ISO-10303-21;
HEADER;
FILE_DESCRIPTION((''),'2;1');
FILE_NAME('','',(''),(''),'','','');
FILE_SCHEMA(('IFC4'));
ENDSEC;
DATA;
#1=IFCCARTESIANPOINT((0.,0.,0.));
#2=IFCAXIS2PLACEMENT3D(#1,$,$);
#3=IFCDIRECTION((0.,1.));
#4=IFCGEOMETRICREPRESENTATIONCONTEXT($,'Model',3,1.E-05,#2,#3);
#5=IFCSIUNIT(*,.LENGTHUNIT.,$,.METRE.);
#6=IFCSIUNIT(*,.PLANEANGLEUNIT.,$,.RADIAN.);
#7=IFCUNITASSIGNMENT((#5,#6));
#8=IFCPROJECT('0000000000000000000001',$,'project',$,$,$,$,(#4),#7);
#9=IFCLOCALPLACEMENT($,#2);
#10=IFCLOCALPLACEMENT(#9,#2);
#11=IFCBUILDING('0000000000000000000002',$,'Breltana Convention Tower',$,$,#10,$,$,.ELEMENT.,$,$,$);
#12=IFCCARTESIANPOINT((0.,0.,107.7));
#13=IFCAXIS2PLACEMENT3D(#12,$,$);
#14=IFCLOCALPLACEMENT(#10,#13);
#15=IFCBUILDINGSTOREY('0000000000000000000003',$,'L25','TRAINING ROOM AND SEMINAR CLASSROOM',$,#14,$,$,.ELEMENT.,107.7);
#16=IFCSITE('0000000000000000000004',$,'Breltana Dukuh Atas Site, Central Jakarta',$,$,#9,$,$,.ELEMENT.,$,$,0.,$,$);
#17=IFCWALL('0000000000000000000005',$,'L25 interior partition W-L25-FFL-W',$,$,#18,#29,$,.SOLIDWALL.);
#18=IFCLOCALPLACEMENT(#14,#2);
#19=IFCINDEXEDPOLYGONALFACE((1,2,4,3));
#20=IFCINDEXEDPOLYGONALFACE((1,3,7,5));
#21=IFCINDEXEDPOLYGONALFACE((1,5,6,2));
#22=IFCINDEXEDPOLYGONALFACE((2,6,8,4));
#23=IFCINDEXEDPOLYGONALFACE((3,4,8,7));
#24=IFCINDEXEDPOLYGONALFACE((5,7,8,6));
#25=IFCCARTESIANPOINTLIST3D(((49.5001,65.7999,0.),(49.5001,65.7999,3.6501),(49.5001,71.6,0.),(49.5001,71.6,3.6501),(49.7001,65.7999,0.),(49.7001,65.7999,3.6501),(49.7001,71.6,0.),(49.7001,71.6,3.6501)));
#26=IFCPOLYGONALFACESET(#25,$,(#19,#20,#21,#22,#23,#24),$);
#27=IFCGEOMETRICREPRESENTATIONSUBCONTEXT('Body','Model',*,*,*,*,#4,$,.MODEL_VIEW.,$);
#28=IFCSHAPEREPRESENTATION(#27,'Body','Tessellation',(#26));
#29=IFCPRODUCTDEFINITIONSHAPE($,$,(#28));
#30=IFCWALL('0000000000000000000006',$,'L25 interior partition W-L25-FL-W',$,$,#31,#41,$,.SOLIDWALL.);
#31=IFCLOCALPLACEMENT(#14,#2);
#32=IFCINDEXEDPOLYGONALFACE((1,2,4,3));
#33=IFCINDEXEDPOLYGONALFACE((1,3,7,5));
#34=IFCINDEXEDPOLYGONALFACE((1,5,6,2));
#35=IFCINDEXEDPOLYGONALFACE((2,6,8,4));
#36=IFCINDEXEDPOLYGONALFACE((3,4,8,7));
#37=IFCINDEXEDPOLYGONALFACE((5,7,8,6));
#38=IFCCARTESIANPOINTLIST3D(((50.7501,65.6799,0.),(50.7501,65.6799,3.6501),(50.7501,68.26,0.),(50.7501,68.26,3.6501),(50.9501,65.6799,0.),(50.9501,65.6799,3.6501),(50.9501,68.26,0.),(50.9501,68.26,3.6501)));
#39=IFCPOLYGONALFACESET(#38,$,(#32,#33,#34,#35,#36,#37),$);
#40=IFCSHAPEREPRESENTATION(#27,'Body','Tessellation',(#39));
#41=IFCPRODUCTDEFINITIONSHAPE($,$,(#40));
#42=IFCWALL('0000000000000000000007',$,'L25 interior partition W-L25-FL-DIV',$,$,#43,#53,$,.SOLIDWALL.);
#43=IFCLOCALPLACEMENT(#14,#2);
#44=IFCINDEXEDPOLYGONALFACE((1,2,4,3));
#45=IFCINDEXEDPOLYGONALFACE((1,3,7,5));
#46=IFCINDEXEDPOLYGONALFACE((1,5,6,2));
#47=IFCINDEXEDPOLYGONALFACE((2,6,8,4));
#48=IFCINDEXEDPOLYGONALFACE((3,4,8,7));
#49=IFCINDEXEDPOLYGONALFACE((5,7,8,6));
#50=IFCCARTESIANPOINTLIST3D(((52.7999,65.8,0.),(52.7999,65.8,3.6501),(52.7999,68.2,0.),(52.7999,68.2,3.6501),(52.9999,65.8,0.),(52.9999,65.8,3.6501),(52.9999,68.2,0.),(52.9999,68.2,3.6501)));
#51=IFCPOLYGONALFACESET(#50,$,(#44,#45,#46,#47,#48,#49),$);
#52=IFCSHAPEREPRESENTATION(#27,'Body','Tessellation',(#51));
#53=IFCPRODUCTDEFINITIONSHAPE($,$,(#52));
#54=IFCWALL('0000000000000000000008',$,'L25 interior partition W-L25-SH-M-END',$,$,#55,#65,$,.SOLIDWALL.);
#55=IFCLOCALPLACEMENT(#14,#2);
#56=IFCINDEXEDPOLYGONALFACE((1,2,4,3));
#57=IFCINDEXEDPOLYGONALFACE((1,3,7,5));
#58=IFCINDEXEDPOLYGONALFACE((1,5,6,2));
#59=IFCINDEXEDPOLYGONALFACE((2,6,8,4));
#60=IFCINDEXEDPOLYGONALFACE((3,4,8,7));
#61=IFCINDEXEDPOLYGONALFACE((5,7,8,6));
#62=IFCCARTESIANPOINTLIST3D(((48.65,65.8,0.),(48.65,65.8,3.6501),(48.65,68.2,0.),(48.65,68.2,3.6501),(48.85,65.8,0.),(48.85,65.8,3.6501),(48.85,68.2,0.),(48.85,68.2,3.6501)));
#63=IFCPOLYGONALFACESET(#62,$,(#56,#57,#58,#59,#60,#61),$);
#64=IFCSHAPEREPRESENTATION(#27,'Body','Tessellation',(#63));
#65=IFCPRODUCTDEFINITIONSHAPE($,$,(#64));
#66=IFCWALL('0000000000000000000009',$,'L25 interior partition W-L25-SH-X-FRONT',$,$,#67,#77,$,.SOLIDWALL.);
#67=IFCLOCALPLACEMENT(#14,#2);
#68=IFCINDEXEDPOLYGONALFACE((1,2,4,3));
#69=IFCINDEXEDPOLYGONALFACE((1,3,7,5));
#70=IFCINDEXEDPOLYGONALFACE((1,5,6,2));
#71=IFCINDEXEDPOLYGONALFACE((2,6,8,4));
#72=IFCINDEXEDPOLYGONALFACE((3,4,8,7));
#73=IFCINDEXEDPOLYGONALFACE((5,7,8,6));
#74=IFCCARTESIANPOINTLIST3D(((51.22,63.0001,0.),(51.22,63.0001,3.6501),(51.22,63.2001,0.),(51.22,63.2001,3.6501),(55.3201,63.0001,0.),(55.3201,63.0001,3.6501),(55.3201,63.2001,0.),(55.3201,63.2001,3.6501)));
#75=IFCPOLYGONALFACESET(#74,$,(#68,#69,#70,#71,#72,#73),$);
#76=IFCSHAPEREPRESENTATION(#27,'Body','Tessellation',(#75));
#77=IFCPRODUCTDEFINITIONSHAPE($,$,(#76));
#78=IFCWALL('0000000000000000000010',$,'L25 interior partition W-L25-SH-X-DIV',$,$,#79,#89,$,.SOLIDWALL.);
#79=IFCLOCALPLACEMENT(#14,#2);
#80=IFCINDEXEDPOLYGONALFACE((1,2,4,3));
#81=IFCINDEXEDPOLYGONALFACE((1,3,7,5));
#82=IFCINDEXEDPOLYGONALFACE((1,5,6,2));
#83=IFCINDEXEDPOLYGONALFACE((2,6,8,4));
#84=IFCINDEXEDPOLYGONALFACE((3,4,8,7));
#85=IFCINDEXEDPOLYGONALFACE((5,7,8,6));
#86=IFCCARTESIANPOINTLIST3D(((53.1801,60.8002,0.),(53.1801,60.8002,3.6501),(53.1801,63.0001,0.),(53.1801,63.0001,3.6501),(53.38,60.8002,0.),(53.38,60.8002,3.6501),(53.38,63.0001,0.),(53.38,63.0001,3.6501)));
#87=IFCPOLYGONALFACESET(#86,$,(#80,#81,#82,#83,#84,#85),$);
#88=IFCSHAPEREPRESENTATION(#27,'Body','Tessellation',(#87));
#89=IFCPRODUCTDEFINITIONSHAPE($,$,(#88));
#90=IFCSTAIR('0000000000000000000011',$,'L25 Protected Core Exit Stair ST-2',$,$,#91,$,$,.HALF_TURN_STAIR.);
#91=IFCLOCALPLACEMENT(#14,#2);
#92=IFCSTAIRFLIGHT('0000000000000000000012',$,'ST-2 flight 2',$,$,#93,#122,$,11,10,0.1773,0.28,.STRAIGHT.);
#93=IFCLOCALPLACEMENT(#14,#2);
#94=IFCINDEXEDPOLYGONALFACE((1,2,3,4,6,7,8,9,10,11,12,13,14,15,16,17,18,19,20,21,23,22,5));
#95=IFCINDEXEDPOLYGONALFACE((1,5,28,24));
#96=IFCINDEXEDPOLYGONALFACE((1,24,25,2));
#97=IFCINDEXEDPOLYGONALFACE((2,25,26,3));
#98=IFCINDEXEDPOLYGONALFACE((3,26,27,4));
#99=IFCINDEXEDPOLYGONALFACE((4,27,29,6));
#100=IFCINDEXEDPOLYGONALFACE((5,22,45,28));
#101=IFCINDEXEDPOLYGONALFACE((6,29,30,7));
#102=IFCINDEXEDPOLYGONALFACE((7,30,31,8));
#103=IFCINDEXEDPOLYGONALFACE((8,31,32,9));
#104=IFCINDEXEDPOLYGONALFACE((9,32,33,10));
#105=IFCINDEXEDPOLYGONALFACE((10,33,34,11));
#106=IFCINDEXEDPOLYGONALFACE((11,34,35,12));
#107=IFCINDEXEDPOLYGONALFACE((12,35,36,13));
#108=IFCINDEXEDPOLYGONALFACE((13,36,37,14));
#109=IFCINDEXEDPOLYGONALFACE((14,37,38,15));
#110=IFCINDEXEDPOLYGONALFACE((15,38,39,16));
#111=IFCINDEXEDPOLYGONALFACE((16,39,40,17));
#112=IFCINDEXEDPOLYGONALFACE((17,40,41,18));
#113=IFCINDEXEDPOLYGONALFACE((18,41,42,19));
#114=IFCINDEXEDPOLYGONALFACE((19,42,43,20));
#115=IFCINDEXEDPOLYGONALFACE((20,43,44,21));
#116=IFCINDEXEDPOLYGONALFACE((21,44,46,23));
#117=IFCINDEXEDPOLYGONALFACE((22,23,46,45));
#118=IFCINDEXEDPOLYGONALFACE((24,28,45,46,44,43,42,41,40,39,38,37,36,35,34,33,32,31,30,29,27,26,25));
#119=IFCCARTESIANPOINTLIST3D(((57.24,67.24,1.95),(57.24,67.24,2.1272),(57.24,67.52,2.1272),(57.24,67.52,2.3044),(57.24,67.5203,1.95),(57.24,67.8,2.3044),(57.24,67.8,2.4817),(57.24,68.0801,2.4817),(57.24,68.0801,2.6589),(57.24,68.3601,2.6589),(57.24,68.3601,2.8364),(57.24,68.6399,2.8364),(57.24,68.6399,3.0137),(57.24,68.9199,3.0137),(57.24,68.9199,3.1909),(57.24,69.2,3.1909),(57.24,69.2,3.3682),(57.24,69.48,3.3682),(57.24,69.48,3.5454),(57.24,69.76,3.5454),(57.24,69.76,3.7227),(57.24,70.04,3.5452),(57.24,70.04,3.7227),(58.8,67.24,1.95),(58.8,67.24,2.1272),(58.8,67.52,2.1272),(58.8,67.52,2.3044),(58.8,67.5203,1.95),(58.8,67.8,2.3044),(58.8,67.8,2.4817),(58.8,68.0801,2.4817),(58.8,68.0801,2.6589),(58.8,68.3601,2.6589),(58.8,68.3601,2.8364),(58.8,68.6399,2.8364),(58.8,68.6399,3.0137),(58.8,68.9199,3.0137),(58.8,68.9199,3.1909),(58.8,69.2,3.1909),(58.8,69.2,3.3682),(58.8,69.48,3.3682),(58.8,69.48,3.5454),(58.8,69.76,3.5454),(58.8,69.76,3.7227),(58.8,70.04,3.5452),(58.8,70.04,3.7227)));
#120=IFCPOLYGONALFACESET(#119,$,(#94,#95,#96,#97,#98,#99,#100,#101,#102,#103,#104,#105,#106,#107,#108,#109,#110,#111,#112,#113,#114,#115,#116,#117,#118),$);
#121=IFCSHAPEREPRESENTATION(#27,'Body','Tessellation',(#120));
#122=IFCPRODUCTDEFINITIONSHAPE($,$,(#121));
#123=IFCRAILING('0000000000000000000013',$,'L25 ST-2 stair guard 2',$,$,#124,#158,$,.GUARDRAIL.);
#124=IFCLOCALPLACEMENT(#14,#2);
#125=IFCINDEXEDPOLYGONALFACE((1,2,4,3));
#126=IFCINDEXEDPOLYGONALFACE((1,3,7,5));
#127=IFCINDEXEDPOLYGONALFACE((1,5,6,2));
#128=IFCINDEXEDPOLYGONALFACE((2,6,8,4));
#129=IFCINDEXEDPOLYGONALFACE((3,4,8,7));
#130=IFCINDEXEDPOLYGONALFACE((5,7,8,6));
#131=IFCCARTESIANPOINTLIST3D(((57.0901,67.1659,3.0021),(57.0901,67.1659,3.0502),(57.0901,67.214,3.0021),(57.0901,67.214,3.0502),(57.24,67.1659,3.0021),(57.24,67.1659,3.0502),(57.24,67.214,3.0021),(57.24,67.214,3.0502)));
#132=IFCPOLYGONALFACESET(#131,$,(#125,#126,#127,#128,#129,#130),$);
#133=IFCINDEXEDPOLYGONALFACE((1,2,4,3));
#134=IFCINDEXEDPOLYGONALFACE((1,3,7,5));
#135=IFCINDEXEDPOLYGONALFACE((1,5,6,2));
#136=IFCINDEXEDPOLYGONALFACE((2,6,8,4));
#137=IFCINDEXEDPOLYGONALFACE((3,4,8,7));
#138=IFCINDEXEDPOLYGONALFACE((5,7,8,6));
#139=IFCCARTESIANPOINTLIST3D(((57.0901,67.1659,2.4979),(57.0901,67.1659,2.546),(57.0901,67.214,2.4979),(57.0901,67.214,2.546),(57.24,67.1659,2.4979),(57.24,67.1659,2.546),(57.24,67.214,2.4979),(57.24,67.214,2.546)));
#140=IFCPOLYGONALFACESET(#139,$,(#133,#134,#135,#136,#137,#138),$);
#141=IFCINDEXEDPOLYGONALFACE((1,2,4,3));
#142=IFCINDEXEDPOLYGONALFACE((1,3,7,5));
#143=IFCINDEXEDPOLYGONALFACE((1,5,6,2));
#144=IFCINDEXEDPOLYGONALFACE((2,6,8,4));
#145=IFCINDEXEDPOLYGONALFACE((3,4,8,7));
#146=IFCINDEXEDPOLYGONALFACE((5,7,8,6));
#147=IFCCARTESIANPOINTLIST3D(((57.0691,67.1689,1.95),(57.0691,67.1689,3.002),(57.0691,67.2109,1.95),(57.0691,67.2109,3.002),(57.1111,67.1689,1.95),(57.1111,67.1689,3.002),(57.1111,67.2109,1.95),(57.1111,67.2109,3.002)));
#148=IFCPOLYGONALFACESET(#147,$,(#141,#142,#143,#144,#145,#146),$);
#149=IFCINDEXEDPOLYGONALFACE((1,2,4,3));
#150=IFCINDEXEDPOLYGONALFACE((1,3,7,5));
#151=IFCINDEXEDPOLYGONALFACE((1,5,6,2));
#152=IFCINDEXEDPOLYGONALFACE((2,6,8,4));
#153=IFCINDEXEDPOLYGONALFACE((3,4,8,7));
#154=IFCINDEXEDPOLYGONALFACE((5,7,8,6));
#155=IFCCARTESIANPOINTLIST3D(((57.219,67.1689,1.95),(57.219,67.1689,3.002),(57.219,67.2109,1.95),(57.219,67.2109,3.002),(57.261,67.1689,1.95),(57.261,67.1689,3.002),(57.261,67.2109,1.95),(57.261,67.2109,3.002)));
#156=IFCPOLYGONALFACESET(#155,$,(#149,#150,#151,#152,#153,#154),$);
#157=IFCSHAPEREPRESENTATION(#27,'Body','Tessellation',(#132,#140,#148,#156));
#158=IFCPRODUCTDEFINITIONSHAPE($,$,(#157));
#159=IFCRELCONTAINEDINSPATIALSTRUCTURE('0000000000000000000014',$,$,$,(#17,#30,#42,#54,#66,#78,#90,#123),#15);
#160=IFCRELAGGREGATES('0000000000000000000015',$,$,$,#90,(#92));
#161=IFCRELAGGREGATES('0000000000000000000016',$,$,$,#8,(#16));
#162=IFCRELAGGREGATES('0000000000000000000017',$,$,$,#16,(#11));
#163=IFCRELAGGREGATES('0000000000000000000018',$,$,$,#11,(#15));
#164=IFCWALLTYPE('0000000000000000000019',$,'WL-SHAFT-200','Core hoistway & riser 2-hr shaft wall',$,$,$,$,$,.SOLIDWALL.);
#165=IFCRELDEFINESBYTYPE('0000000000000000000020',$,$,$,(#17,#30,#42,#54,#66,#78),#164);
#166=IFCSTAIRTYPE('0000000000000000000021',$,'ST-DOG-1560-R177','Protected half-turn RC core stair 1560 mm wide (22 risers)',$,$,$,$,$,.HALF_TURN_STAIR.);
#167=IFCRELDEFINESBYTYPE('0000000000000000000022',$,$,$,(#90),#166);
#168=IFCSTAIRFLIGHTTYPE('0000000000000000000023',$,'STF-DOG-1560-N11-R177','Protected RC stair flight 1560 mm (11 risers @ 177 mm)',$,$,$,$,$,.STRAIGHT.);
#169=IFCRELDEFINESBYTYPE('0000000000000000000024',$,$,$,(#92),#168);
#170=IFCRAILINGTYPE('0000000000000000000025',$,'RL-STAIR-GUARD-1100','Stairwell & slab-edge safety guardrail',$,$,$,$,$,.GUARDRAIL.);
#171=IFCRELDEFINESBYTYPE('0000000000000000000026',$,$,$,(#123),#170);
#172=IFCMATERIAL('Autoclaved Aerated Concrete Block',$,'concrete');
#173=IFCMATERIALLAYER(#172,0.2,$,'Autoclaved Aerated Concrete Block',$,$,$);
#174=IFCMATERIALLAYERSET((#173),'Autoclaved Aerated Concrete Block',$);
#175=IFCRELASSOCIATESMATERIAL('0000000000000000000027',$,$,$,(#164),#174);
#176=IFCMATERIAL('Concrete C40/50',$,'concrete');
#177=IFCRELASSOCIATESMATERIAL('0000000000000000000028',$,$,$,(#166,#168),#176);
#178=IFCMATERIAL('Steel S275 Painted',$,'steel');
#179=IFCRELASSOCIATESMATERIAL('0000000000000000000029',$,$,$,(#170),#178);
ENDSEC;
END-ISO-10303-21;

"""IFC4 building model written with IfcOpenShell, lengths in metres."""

from ifc_helpers import new_model, si_unit, direction, frame, frame_2d, origin, origin_2d, place, context, subcontext, project, spatial, polyline, rectangle, outline, extrude, source, transform, mapped, material, layer, layer_set, type_object, element, aggregate, save


model = new_model("IFC4")

# Units and contexts
model_context = context("Model", 3, precision=1e-05, world=origin(), true_north=direction((0.0, 1.0)))
body_context = subcontext(model_context, "Body", "Model", "MODEL_VIEW")
ifc_project = project(units=[si_unit("LENGTHUNIT", "METRE"), si_unit("PLANEANGLEUNIT", "RADIAN")], contexts=[model_context])

# Site, building, storey
site_placement = place(None, origin())
site = spatial("IfcSite", under=ifc_project, at=site_placement, Name="Breltana Dukuh Atas Site, Central Jakarta", CompositionType="ELEMENT", RefElevation=0.0)
building_placement = place(site_placement, origin())
building = spatial("IfcBuilding", under=site, at=building_placement, Name="Breltana Convention Tower", CompositionType="ELEMENT")
storey_placement = place(building_placement, frame((0.0, 0.0, 107.7)))
storey = spatial("IfcBuildingStorey", under=building, at=storey_placement, Name="L25", Description="TRAINING ROOM AND SEMINAR CLASSROOM", CompositionType="ELEMENT", Elevation=107.7)

# Walls
ifc_material_1 = material(Name="Autoclaved Aerated Concrete Block", Category="concrete")
ifc_layer_1 = layer(ifc_material_1, 0.2, Name="Autoclaved Aerated Concrete Block")
ifc_layer_set_1 = layer_set([ifc_layer_1], Name="Autoclaved Aerated Concrete Block")
wall_type_1 = type_object("IfcWallType", Name="WL-SHAFT-200", Description="Core hoistway & riser 2-hr shaft wall", PredefinedType="SOLIDWALL", material=ifc_layer_set_1)
shared_shape_1 = source(origin(), body_context, "Body", "SweptSolid", [
    extrude(rectangle(XDim=5.8, YDim=0.2, at=frame_2d((2.8999, 0.0))), origin(), (0.0, 0.0, 1.0), 3.6501),
])
wall_1_placement = place(storey_placement, frame((49.6001, 65.8, 0.0), z_axis=(0.0, 0.0, 1.0), x_axis=(0.0, 1.0, 0.0)))
element("IfcWall", 1, at=wall_1_placement, inside=storey, type_object=wall_type_1, Name="L25 interior partition W-L25-FFL-W", PredefinedType="SOLIDWALL", context=body_context, shape_type="MappedRepresentation", body=[
    mapped(shared_shape_1, transform((0.0, 0.0, 0.0), scale=1.0)),
])
shared_shape_2 = source(origin(), body_context, "Body", "SweptSolid", [
    extrude(rectangle(XDim=2.5801, YDim=0.2, at=frame_2d((1.29, 0.0))), origin(), (0.0, 0.0, 1.0), 3.6501),
])
wall_2_placement = place(storey_placement, frame((50.8501, 65.6799, 0.0), z_axis=(0.0, 0.0, 1.0), x_axis=(0.0, 1.0, 0.0)))
element("IfcWall", 2, at=wall_2_placement, inside=storey, type_object=wall_type_1, Name="L25 interior partition W-L25-FL-W", PredefinedType="SOLIDWALL", context=body_context, shape_type="MappedRepresentation", body=[
    mapped(shared_shape_2, transform((0.0, 0.0, 0.0), scale=1.0)),
])
shared_shape_3 = source(origin(), body_context, "Body", "SweptSolid", [
    extrude(rectangle(XDim=2.3999, YDim=0.2, at=frame_2d((1.2, 0.0))), origin(), (0.0, 0.0, 1.0), 3.6501),
])
for number, where, z_axis, x_axis, name in (
    (3, (52.8999, 65.8, 0.0), (0.0, 0.0, 1.0), (0.0, 1.0, 0.0), "L25 interior partition W-L25-FL-DIV"),
    (4, (48.75, 65.8, 0.0), (0.0, 0.0, 1.0), (0.0, 1.0, 0.0), "L25 interior partition W-L25-SH-M-END"),
):
    element("IfcWall", number, at=place(storey_placement, frame(where, z_axis=z_axis, x_axis=x_axis)), inside=storey, type_object=wall_type_1, Name=name, PredefinedType="SOLIDWALL", context=body_context, shape_type="MappedRepresentation", body=[
        mapped(shared_shape_3, transform((0.0, 0.0, 0.0), scale=1.0)),
    ])
shared_shape_4 = source(origin(), body_context, "Body", "SweptSolid", [
    extrude(rectangle(XDim=4.1001, YDim=0.2, at=frame_2d((2.05, 0.0))), origin(), (0.0, 0.0, 1.0), 3.6501),
])
wall_3_placement = place(storey_placement, frame((51.22, 63.1001, 0.0), z_axis=(0.0, 0.0, 1.0), x_axis=(1.0, 0.0, 0.0)))
element("IfcWall", 5, at=wall_3_placement, inside=storey, type_object=wall_type_1, Name="L25 interior partition W-L25-SH-X-FRONT", PredefinedType="SOLIDWALL", context=body_context, shape_type="MappedRepresentation", body=[
    mapped(shared_shape_4, transform((0.0, 0.0, 0.0), scale=1.0)),
])
shared_shape_5 = source(origin(), body_context, "Body", "SweptSolid", [
    extrude(rectangle(XDim=2.2, YDim=0.2, at=frame_2d((1.1001, 0.0))), origin(), (0.0, 0.0, 1.0), 3.6501),
])
wall_4_placement = place(storey_placement, frame((53.28, 60.8, 0.0), z_axis=(0.0, 0.0, 1.0), x_axis=(0.0, 1.0, 0.0)))
element("IfcWall", 6, at=wall_4_placement, inside=storey, type_object=wall_type_1, Name="L25 interior partition W-L25-SH-X-DIV", PredefinedType="SOLIDWALL", context=body_context, shape_type="MappedRepresentation", body=[
    mapped(shared_shape_5, transform((0.0, 0.0, 0.0), scale=1.0)),
])

# Stair, stair flight
ifc_material_2 = material(Name="Concrete C40/50", Category="concrete")
stair_type = type_object("IfcStairType", Name="ST-DOG-1560-R177", Description="Protected half-turn RC core stair 1560 mm wide (22 risers)", PredefinedType="HALF_TURN_STAIR", material=ifc_material_2)
stair_placement = place(storey_placement, origin())
stair = element("IfcStair", 7, at=stair_placement, inside=storey, type_object=stair_type, Name="L25 Protected Core Exit Stair ST-2", PredefinedType="HALF_TURN_STAIR")
stair_flight_type = type_object("IfcStairFlightType", Name="STF-DOG-1560-N11-R177", Description="Protected RC stair flight 1560 mm (11 risers @ 177 mm)", PredefinedType="STRAIGHT", material=ifc_material_2)
stair_flight_placement = place(storey_placement, frame((58.02, 67.24, 1.95), z_axis=(0.0, 0.0, 1.0), x_axis=(0.0, 1.0, 0.0)))
stair_flight = element("IfcStairFlight", 8, at=stair_flight_placement, type_object=stair_flight_type, Name="ST-2 flight 2", NumberOfRisers=11, NumberOfTreads=10, PredefinedType="STRAIGHT", RiserHeight=0.1773, TreadLength=0.28, context=body_context, shape_type="SweptSolid", body=[
    extrude(outline(polyline([(0.0, 0.0), (0.0, 0.1772), (0.28, 0.1772), (0.28, 0.3545), (0.5601, 0.3545), (0.5601, 0.5317), (0.8401, 0.5317), (0.8401, 0.709), (1.1201, 0.709), (1.1201, 0.8865), (1.3999, 0.8865), (1.3999, 1.0637), (1.6799, 1.0637), (1.6799, 1.241), (1.96, 1.241), (1.96, 1.4182), (2.24, 1.4182), (2.24, 1.5955), (2.52, 1.5955), (2.52, 1.7727), (2.8, 1.7727), (2.8, 1.95), (2.8, 1.5952), (0.2803, 0.0), (0.0, 0.0)])), frame((0.0, 0.78, 0.0), z_axis=(0.0, -1.0, 0.0), x_axis=(1.0, 0.0, 0.0)), (0.0, 0.0, 1.0), 1.5601),
])
aggregate(stair, [stair_flight])

# Railing
ifc_material_3 = material(Name="Steel S275 Painted", Category="steel")
railing_type = type_object("IfcRailingType", Name="RL-STAIR-GUARD-1100", Description="Stairwell & slab-edge safety guardrail", PredefinedType="GUARDRAIL", material=ifc_material_3)
railing_1_placement = place(storey_placement, frame((57.0901, 67.1899, 1.95)))
element("IfcRailing", 9, at=railing_1_placement, inside=storey, type_object=railing_type, Name="L25 ST-2 stair guard 2", PredefinedType="GUARDRAIL", context=body_context, shape_type="SweptSolid", body=[
    extrude(rectangle(XDim=0.0481, YDim=0.0481, at=origin_2d()), frame((0.0, 0.0, 1.0762), z_axis=(1.0, 0.0, 0.0), x_axis=(0.0, 1.0, 0.0)), (0.0, 0.0, 1.0), 0.1499),
    extrude(rectangle(XDim=0.0481, YDim=0.0481, at=origin_2d()), frame((0.0, 0.0, 0.572), z_axis=(1.0, 0.0, 0.0), x_axis=(0.0, 1.0, 0.0)), (0.0, 0.0, 1.0), 0.1499),
    extrude(rectangle(XDim=0.042, YDim=0.042, at=origin_2d()), origin(), (0.0, 0.0, 1.0), 1.052),
    extrude(rectangle(XDim=0.042, YDim=0.042, at=origin_2d()), frame((0.1499, 0.0, 0.0)), (0.0, 0.0, 1.0), 1.052),
])

save(model, "model.ifc")
